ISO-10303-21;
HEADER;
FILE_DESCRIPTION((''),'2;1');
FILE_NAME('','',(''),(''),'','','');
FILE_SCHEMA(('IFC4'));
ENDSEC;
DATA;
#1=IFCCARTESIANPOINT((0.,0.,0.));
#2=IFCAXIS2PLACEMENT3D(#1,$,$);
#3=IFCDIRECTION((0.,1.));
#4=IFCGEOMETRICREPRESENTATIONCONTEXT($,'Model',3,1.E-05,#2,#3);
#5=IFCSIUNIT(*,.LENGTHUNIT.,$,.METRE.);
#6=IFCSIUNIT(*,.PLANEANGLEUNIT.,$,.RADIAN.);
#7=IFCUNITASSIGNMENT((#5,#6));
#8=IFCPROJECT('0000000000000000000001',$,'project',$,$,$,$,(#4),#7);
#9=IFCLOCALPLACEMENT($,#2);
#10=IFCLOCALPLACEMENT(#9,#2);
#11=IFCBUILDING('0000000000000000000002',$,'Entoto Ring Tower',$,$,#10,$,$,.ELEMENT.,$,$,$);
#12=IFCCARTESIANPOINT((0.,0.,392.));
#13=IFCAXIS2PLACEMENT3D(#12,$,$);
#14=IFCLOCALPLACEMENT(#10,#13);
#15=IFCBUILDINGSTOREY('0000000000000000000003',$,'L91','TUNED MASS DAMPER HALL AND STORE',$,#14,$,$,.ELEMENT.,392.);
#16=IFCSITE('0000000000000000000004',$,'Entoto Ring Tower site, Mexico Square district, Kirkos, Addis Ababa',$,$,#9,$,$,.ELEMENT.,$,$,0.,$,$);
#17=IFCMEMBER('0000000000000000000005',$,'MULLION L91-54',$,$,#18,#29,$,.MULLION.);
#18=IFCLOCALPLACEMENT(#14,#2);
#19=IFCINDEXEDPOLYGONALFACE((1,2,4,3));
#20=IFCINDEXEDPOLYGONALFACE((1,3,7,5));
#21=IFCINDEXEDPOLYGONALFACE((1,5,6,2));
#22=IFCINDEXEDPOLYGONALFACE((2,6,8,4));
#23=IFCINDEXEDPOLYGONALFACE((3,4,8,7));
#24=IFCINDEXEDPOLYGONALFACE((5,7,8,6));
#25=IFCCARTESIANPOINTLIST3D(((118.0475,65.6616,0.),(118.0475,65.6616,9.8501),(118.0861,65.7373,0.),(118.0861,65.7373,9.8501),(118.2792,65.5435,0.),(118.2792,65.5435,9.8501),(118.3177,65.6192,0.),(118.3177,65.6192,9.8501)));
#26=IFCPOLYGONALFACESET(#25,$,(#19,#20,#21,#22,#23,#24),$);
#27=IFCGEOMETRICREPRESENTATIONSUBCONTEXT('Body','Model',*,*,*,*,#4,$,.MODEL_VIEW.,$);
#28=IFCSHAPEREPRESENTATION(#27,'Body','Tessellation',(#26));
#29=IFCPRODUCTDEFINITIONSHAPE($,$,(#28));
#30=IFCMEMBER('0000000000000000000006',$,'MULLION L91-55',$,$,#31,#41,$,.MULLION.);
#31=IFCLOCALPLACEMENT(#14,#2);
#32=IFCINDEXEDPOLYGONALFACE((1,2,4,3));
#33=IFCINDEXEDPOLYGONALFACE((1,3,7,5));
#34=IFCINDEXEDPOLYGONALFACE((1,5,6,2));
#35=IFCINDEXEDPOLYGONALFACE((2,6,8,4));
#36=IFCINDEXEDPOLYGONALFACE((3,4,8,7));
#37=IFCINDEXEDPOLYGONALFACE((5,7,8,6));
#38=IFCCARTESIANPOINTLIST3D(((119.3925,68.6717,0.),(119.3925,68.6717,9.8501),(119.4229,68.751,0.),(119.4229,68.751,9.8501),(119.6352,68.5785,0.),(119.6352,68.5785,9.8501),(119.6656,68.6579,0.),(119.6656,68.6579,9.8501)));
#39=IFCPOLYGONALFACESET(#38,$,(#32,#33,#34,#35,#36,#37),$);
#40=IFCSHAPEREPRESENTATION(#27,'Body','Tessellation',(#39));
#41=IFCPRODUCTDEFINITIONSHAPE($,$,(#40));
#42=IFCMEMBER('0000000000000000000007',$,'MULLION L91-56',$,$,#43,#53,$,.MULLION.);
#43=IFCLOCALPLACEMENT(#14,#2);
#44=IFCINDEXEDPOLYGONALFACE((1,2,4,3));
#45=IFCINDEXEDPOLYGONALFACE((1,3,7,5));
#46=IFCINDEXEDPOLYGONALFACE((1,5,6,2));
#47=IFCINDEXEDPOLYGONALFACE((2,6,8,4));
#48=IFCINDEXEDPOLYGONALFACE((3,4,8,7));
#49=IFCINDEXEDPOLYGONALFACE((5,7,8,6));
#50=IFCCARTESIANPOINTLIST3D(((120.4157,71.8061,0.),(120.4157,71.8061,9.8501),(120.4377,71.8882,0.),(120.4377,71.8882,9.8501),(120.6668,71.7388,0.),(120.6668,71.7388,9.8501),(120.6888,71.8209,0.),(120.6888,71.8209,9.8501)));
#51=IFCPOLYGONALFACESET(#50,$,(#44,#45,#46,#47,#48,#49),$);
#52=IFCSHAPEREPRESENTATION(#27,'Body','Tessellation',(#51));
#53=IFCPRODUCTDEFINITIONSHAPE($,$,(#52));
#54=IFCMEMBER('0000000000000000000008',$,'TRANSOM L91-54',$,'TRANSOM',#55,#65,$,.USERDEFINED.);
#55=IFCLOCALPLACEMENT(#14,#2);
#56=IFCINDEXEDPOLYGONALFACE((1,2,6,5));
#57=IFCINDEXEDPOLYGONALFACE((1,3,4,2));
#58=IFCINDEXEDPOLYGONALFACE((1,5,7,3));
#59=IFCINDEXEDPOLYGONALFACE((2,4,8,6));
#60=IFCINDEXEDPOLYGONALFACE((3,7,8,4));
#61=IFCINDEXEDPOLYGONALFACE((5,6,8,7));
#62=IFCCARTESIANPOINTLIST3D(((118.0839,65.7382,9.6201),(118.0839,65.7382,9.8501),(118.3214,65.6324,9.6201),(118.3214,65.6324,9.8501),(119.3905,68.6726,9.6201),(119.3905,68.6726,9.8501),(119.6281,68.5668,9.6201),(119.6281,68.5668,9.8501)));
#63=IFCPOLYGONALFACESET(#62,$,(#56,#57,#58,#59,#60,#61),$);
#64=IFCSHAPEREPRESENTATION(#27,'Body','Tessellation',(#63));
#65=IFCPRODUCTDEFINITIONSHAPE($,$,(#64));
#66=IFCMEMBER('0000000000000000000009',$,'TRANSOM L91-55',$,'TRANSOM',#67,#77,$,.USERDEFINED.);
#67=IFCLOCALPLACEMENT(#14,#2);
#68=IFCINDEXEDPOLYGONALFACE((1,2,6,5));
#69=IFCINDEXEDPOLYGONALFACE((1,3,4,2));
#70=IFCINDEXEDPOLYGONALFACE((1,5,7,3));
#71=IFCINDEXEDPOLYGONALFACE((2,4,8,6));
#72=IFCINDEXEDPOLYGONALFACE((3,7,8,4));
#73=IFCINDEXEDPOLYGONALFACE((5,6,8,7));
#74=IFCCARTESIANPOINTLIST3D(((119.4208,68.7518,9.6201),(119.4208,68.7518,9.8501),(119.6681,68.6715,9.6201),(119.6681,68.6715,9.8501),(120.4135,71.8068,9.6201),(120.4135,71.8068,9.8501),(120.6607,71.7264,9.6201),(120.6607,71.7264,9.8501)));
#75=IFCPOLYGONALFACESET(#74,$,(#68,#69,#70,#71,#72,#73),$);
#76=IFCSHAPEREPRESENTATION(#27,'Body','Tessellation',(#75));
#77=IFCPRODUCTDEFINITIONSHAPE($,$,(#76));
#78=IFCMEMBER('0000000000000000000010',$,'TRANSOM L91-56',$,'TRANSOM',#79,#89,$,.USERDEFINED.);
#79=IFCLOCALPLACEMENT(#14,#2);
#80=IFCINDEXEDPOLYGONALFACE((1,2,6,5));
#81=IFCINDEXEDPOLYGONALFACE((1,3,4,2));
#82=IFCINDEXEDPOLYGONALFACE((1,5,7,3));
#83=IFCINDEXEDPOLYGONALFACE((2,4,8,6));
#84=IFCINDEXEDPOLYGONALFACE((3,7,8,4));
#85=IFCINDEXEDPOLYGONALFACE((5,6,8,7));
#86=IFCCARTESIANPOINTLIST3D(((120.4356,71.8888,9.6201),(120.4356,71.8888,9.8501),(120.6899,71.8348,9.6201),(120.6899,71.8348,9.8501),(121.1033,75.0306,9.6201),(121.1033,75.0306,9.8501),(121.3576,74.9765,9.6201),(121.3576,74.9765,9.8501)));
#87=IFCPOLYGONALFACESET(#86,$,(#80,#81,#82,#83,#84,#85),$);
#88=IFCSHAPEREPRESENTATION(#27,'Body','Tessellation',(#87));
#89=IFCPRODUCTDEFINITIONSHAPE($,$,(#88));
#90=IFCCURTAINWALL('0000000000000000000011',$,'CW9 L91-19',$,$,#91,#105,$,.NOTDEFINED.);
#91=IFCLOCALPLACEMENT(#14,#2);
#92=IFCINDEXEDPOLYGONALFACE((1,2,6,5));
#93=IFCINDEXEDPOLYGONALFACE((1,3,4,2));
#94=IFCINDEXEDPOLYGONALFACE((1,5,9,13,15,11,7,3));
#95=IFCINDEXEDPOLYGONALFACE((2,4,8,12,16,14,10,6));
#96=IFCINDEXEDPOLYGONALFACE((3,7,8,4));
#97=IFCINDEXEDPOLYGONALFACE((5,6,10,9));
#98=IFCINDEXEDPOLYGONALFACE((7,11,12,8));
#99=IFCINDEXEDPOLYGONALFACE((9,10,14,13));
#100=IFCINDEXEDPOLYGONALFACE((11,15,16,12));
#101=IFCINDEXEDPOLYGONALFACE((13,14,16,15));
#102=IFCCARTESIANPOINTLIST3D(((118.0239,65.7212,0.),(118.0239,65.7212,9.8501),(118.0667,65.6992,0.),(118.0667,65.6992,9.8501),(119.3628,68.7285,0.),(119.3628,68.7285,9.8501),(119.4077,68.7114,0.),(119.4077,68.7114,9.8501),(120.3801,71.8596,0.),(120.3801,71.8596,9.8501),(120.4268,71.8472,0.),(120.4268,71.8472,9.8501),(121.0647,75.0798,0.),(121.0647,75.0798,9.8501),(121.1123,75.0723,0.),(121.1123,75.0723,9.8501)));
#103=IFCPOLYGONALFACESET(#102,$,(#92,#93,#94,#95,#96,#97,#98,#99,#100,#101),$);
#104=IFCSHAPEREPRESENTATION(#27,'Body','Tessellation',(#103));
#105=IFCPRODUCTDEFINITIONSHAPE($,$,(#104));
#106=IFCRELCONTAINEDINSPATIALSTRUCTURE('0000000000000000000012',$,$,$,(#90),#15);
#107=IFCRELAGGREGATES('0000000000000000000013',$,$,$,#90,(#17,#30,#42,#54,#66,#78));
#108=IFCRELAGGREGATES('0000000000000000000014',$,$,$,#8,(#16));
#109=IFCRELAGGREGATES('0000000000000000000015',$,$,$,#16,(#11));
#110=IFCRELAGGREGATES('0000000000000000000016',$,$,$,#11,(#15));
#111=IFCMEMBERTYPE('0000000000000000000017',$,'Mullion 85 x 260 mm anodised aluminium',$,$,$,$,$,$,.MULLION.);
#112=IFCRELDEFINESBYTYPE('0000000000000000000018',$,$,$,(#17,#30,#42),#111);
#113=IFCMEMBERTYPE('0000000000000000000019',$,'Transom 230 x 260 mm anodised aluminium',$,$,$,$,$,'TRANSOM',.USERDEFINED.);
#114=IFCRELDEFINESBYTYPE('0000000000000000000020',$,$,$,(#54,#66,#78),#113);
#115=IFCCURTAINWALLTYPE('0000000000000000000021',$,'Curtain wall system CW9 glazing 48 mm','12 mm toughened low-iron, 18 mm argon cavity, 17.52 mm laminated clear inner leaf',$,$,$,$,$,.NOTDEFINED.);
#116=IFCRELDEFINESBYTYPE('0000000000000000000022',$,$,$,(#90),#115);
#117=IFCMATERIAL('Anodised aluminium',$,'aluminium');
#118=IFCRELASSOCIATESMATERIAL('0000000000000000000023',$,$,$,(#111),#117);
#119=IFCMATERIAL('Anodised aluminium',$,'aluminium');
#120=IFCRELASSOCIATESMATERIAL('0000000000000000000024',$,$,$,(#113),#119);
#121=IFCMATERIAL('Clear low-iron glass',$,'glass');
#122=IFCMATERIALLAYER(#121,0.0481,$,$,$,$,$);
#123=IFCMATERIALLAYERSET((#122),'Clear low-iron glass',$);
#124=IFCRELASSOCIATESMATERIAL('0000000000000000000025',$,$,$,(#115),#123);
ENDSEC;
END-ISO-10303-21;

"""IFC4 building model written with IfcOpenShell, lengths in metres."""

from ifc_helpers import new_model, si_unit, direction, frame, origin, origin_2d, place, context, subcontext, project, spatial, polyline, rectangle, outline, extrude, material, layer, layer_set, material_profile, profile_set, type_object, element, aggregate, save


model = new_model("IFC4")

# Units and contexts
model_context = context("Model", 3, precision=1e-05, world=origin(), true_north=direction((0.0, 1.0)))
body_context = subcontext(model_context, "Body", "Model", "MODEL_VIEW")
ifc_project = project(units=[si_unit("LENGTHUNIT", "METRE"), si_unit("PLANEANGLEUNIT", "RADIAN")], contexts=[model_context])

# Members
ifc_material_1 = material(Name="Anodised aluminium", Category="aluminium")
ifc_material_profile_1 = material_profile(ifc_material_1, rectangle(XDim=0.085, YDim=0.26, at=origin_2d()), Name="Mullion 85 x 260 mm anodised aluminium")
ifc_profile_set_1 = profile_set([ifc_material_profile_1], Name="Anodised aluminium")
member_type_1 = type_object("IfcMemberType", Name="Mullion 85 x 260 mm anodised aluminium", PredefinedType="MULLION", material=ifc_profile_set_1)
site_placement = place(None, origin())
building_placement = place(site_placement, origin())
storey_placement = place(building_placement, frame((0.0, 0.0, 392.0)))
member_1_placement = place(storey_placement, frame((118.1826, 65.6404, 0.0), z_axis=(0.0, 0.0, 1.0), x_axis=(0.45399, 0.891007, 0.0)))
member_1 = element("IfcMember", 1, at=member_1_placement, type_object=member_type_1, Name="MULLION L91-54", PredefinedType="MULLION", context=body_context, shape_type="SweptSolid", body=[
    extrude(rectangle(XDim=0.085, YDim=0.26, at=origin_2d()), origin(), (0.0, 0.0, 1.0), 9.8501),
])
member_2_placement = place(storey_placement, frame((119.5291, 68.6648, 0.0), z_axis=(0.0, 0.0, 1.0), x_axis=(0.358368, 0.93358, 0.0)))
member_2 = element("IfcMember", 2, at=member_2_placement, type_object=member_type_1, Name="MULLION L91-55", PredefinedType="MULLION", context=body_context, shape_type="SweptSolid", body=[
    extrude(rectangle(XDim=0.085, YDim=0.26, at=origin_2d()), origin(), (0.0, 0.0, 1.0), 9.8501),
])
member_3_placement = place(storey_placement, frame((120.5522, 71.8135, 0.0), z_axis=(0.0, 0.0, 1.0), x_axis=(0.258819, 0.965926, 0.0)))
member_3 = element("IfcMember", 3, at=member_3_placement, type_object=member_type_1, Name="MULLION L91-56", PredefinedType="MULLION", context=body_context, shape_type="SweptSolid", body=[
    extrude(rectangle(XDim=0.085, YDim=0.26, at=origin_2d()), origin(), (0.0, 0.0, 1.0), 9.8501),
])
ifc_material_2 = material(Name="Anodised aluminium", Category="aluminium")
ifc_material_profile_2 = material_profile(ifc_material_2, rectangle(XDim=0.26, YDim=0.23, at=origin_2d()), Name="Transom 230 x 260 mm anodised aluminium")
ifc_profile_set_2 = profile_set([ifc_material_profile_2], Name="Anodised aluminium")
member_type_2 = type_object("IfcMemberType", Name="Transom 230 x 260 mm anodised aluminium", ElementType="TRANSOM", PredefinedType="USERDEFINED", material=ifc_profile_set_2)
member_4_placement = place(storey_placement, frame((118.2026, 65.6853, 9.7351), z_axis=(0.406787, 0.913523, 0.0), x_axis=(-0.913523, 0.406787, 0.0)))
member_4 = element("IfcMember", 4, at=member_4_placement, type_object=member_type_2, Name="TRANSOM L91-54", ObjectType="TRANSOM", PredefinedType="USERDEFINED", context=body_context, shape_type="SweptSolid", body=[
    extrude(rectangle(XDim=0.26, YDim=0.23, at=origin_2d()), origin(), (0.0, 0.0, 1.0), 3.2122),
])
member_5_placement = place(storey_placement, frame((119.5444, 68.7117, 9.7351), z_axis=(0.309036, 0.95105, 0.0), x_axis=(-0.95105, 0.309036, 0.0)))
member_5 = element("IfcMember", 5, at=member_5_placement, type_object=member_type_2, Name="TRANSOM L91-55", ObjectType="TRANSOM", PredefinedType="USERDEFINED", context=body_context, shape_type="SweptSolid", body=[
    extrude(rectangle(XDim=0.26, YDim=0.23, at=origin_2d()), origin(), (0.0, 0.0, 1.0), 3.2122),
])
member_6_placement = place(storey_placement, frame((120.5627, 71.8618, 9.7351), z_axis=(0.207883, 0.978154, 0.0), x_axis=(-0.978154, 0.207883, 0.0)))
member_6 = element("IfcMember", 6, at=member_6_placement, type_object=member_type_2, Name="TRANSOM L91-56", ObjectType="TRANSOM", PredefinedType="USERDEFINED", context=body_context, shape_type="SweptSolid", body=[
    extrude(rectangle(XDim=0.26, YDim=0.23, at=origin_2d()), origin(), (0.0, 0.0, 1.0), 3.2119),
])

# Site, building, storey
site = spatial("IfcSite", under=ifc_project, at=site_placement, Name="Entoto Ring Tower site, Mexico Square district, Kirkos, Addis Ababa", CompositionType="ELEMENT", RefElevation=0.0)
building = spatial("IfcBuilding", under=site, at=building_placement, Name="Entoto Ring Tower", CompositionType="ELEMENT")
storey = spatial("IfcBuildingStorey", under=building, at=storey_placement, Name="L91", Description="TUNED MASS DAMPER HALL AND STORE", CompositionType="ELEMENT", Elevation=392.0)

# Curtain wall
ifc_material_3 = material(Name="Clear low-iron glass", Category="glass")
ifc_layer_1 = layer(ifc_material_3, 0.0481)
ifc_layer_set_1 = layer_set([ifc_layer_1], Name="Clear low-iron glass")
curtain_wall_type = type_object("IfcCurtainWallType", Name="Curtain wall system CW9 glazing 48 mm", Description="12 mm toughened low-iron, 18 mm argon cavity, 17.52 mm laminated clear inner leaf", PredefinedType="NOTDEFINED", material=ifc_layer_set_1)
curtain_wall_1_placement = place(storey_placement, origin())
curtain_wall_1 = element("IfcCurtainWall", 7, at=curtain_wall_1_placement, inside=storey, type_object=curtain_wall_type, Name="CW9 L91-19", PredefinedType="NOTDEFINED", context=body_context, shape_type="SweptSolid", body=[
    extrude(outline(polyline([(118.0667, 65.6992), (119.4077, 68.7114), (120.4268, 71.8472), (121.1123, 75.0723), (121.0647, 75.0798), (120.3801, 71.8596), (119.3628, 68.7285), (118.0239, 65.7212), (118.0667, 65.6992)])), origin(), (0.0, 0.0, 1.0), 9.8501),
])
aggregate(curtain_wall_1, [member_1, member_2, member_3, member_4, member_5, member_6])

save(model, "model.ifc")
